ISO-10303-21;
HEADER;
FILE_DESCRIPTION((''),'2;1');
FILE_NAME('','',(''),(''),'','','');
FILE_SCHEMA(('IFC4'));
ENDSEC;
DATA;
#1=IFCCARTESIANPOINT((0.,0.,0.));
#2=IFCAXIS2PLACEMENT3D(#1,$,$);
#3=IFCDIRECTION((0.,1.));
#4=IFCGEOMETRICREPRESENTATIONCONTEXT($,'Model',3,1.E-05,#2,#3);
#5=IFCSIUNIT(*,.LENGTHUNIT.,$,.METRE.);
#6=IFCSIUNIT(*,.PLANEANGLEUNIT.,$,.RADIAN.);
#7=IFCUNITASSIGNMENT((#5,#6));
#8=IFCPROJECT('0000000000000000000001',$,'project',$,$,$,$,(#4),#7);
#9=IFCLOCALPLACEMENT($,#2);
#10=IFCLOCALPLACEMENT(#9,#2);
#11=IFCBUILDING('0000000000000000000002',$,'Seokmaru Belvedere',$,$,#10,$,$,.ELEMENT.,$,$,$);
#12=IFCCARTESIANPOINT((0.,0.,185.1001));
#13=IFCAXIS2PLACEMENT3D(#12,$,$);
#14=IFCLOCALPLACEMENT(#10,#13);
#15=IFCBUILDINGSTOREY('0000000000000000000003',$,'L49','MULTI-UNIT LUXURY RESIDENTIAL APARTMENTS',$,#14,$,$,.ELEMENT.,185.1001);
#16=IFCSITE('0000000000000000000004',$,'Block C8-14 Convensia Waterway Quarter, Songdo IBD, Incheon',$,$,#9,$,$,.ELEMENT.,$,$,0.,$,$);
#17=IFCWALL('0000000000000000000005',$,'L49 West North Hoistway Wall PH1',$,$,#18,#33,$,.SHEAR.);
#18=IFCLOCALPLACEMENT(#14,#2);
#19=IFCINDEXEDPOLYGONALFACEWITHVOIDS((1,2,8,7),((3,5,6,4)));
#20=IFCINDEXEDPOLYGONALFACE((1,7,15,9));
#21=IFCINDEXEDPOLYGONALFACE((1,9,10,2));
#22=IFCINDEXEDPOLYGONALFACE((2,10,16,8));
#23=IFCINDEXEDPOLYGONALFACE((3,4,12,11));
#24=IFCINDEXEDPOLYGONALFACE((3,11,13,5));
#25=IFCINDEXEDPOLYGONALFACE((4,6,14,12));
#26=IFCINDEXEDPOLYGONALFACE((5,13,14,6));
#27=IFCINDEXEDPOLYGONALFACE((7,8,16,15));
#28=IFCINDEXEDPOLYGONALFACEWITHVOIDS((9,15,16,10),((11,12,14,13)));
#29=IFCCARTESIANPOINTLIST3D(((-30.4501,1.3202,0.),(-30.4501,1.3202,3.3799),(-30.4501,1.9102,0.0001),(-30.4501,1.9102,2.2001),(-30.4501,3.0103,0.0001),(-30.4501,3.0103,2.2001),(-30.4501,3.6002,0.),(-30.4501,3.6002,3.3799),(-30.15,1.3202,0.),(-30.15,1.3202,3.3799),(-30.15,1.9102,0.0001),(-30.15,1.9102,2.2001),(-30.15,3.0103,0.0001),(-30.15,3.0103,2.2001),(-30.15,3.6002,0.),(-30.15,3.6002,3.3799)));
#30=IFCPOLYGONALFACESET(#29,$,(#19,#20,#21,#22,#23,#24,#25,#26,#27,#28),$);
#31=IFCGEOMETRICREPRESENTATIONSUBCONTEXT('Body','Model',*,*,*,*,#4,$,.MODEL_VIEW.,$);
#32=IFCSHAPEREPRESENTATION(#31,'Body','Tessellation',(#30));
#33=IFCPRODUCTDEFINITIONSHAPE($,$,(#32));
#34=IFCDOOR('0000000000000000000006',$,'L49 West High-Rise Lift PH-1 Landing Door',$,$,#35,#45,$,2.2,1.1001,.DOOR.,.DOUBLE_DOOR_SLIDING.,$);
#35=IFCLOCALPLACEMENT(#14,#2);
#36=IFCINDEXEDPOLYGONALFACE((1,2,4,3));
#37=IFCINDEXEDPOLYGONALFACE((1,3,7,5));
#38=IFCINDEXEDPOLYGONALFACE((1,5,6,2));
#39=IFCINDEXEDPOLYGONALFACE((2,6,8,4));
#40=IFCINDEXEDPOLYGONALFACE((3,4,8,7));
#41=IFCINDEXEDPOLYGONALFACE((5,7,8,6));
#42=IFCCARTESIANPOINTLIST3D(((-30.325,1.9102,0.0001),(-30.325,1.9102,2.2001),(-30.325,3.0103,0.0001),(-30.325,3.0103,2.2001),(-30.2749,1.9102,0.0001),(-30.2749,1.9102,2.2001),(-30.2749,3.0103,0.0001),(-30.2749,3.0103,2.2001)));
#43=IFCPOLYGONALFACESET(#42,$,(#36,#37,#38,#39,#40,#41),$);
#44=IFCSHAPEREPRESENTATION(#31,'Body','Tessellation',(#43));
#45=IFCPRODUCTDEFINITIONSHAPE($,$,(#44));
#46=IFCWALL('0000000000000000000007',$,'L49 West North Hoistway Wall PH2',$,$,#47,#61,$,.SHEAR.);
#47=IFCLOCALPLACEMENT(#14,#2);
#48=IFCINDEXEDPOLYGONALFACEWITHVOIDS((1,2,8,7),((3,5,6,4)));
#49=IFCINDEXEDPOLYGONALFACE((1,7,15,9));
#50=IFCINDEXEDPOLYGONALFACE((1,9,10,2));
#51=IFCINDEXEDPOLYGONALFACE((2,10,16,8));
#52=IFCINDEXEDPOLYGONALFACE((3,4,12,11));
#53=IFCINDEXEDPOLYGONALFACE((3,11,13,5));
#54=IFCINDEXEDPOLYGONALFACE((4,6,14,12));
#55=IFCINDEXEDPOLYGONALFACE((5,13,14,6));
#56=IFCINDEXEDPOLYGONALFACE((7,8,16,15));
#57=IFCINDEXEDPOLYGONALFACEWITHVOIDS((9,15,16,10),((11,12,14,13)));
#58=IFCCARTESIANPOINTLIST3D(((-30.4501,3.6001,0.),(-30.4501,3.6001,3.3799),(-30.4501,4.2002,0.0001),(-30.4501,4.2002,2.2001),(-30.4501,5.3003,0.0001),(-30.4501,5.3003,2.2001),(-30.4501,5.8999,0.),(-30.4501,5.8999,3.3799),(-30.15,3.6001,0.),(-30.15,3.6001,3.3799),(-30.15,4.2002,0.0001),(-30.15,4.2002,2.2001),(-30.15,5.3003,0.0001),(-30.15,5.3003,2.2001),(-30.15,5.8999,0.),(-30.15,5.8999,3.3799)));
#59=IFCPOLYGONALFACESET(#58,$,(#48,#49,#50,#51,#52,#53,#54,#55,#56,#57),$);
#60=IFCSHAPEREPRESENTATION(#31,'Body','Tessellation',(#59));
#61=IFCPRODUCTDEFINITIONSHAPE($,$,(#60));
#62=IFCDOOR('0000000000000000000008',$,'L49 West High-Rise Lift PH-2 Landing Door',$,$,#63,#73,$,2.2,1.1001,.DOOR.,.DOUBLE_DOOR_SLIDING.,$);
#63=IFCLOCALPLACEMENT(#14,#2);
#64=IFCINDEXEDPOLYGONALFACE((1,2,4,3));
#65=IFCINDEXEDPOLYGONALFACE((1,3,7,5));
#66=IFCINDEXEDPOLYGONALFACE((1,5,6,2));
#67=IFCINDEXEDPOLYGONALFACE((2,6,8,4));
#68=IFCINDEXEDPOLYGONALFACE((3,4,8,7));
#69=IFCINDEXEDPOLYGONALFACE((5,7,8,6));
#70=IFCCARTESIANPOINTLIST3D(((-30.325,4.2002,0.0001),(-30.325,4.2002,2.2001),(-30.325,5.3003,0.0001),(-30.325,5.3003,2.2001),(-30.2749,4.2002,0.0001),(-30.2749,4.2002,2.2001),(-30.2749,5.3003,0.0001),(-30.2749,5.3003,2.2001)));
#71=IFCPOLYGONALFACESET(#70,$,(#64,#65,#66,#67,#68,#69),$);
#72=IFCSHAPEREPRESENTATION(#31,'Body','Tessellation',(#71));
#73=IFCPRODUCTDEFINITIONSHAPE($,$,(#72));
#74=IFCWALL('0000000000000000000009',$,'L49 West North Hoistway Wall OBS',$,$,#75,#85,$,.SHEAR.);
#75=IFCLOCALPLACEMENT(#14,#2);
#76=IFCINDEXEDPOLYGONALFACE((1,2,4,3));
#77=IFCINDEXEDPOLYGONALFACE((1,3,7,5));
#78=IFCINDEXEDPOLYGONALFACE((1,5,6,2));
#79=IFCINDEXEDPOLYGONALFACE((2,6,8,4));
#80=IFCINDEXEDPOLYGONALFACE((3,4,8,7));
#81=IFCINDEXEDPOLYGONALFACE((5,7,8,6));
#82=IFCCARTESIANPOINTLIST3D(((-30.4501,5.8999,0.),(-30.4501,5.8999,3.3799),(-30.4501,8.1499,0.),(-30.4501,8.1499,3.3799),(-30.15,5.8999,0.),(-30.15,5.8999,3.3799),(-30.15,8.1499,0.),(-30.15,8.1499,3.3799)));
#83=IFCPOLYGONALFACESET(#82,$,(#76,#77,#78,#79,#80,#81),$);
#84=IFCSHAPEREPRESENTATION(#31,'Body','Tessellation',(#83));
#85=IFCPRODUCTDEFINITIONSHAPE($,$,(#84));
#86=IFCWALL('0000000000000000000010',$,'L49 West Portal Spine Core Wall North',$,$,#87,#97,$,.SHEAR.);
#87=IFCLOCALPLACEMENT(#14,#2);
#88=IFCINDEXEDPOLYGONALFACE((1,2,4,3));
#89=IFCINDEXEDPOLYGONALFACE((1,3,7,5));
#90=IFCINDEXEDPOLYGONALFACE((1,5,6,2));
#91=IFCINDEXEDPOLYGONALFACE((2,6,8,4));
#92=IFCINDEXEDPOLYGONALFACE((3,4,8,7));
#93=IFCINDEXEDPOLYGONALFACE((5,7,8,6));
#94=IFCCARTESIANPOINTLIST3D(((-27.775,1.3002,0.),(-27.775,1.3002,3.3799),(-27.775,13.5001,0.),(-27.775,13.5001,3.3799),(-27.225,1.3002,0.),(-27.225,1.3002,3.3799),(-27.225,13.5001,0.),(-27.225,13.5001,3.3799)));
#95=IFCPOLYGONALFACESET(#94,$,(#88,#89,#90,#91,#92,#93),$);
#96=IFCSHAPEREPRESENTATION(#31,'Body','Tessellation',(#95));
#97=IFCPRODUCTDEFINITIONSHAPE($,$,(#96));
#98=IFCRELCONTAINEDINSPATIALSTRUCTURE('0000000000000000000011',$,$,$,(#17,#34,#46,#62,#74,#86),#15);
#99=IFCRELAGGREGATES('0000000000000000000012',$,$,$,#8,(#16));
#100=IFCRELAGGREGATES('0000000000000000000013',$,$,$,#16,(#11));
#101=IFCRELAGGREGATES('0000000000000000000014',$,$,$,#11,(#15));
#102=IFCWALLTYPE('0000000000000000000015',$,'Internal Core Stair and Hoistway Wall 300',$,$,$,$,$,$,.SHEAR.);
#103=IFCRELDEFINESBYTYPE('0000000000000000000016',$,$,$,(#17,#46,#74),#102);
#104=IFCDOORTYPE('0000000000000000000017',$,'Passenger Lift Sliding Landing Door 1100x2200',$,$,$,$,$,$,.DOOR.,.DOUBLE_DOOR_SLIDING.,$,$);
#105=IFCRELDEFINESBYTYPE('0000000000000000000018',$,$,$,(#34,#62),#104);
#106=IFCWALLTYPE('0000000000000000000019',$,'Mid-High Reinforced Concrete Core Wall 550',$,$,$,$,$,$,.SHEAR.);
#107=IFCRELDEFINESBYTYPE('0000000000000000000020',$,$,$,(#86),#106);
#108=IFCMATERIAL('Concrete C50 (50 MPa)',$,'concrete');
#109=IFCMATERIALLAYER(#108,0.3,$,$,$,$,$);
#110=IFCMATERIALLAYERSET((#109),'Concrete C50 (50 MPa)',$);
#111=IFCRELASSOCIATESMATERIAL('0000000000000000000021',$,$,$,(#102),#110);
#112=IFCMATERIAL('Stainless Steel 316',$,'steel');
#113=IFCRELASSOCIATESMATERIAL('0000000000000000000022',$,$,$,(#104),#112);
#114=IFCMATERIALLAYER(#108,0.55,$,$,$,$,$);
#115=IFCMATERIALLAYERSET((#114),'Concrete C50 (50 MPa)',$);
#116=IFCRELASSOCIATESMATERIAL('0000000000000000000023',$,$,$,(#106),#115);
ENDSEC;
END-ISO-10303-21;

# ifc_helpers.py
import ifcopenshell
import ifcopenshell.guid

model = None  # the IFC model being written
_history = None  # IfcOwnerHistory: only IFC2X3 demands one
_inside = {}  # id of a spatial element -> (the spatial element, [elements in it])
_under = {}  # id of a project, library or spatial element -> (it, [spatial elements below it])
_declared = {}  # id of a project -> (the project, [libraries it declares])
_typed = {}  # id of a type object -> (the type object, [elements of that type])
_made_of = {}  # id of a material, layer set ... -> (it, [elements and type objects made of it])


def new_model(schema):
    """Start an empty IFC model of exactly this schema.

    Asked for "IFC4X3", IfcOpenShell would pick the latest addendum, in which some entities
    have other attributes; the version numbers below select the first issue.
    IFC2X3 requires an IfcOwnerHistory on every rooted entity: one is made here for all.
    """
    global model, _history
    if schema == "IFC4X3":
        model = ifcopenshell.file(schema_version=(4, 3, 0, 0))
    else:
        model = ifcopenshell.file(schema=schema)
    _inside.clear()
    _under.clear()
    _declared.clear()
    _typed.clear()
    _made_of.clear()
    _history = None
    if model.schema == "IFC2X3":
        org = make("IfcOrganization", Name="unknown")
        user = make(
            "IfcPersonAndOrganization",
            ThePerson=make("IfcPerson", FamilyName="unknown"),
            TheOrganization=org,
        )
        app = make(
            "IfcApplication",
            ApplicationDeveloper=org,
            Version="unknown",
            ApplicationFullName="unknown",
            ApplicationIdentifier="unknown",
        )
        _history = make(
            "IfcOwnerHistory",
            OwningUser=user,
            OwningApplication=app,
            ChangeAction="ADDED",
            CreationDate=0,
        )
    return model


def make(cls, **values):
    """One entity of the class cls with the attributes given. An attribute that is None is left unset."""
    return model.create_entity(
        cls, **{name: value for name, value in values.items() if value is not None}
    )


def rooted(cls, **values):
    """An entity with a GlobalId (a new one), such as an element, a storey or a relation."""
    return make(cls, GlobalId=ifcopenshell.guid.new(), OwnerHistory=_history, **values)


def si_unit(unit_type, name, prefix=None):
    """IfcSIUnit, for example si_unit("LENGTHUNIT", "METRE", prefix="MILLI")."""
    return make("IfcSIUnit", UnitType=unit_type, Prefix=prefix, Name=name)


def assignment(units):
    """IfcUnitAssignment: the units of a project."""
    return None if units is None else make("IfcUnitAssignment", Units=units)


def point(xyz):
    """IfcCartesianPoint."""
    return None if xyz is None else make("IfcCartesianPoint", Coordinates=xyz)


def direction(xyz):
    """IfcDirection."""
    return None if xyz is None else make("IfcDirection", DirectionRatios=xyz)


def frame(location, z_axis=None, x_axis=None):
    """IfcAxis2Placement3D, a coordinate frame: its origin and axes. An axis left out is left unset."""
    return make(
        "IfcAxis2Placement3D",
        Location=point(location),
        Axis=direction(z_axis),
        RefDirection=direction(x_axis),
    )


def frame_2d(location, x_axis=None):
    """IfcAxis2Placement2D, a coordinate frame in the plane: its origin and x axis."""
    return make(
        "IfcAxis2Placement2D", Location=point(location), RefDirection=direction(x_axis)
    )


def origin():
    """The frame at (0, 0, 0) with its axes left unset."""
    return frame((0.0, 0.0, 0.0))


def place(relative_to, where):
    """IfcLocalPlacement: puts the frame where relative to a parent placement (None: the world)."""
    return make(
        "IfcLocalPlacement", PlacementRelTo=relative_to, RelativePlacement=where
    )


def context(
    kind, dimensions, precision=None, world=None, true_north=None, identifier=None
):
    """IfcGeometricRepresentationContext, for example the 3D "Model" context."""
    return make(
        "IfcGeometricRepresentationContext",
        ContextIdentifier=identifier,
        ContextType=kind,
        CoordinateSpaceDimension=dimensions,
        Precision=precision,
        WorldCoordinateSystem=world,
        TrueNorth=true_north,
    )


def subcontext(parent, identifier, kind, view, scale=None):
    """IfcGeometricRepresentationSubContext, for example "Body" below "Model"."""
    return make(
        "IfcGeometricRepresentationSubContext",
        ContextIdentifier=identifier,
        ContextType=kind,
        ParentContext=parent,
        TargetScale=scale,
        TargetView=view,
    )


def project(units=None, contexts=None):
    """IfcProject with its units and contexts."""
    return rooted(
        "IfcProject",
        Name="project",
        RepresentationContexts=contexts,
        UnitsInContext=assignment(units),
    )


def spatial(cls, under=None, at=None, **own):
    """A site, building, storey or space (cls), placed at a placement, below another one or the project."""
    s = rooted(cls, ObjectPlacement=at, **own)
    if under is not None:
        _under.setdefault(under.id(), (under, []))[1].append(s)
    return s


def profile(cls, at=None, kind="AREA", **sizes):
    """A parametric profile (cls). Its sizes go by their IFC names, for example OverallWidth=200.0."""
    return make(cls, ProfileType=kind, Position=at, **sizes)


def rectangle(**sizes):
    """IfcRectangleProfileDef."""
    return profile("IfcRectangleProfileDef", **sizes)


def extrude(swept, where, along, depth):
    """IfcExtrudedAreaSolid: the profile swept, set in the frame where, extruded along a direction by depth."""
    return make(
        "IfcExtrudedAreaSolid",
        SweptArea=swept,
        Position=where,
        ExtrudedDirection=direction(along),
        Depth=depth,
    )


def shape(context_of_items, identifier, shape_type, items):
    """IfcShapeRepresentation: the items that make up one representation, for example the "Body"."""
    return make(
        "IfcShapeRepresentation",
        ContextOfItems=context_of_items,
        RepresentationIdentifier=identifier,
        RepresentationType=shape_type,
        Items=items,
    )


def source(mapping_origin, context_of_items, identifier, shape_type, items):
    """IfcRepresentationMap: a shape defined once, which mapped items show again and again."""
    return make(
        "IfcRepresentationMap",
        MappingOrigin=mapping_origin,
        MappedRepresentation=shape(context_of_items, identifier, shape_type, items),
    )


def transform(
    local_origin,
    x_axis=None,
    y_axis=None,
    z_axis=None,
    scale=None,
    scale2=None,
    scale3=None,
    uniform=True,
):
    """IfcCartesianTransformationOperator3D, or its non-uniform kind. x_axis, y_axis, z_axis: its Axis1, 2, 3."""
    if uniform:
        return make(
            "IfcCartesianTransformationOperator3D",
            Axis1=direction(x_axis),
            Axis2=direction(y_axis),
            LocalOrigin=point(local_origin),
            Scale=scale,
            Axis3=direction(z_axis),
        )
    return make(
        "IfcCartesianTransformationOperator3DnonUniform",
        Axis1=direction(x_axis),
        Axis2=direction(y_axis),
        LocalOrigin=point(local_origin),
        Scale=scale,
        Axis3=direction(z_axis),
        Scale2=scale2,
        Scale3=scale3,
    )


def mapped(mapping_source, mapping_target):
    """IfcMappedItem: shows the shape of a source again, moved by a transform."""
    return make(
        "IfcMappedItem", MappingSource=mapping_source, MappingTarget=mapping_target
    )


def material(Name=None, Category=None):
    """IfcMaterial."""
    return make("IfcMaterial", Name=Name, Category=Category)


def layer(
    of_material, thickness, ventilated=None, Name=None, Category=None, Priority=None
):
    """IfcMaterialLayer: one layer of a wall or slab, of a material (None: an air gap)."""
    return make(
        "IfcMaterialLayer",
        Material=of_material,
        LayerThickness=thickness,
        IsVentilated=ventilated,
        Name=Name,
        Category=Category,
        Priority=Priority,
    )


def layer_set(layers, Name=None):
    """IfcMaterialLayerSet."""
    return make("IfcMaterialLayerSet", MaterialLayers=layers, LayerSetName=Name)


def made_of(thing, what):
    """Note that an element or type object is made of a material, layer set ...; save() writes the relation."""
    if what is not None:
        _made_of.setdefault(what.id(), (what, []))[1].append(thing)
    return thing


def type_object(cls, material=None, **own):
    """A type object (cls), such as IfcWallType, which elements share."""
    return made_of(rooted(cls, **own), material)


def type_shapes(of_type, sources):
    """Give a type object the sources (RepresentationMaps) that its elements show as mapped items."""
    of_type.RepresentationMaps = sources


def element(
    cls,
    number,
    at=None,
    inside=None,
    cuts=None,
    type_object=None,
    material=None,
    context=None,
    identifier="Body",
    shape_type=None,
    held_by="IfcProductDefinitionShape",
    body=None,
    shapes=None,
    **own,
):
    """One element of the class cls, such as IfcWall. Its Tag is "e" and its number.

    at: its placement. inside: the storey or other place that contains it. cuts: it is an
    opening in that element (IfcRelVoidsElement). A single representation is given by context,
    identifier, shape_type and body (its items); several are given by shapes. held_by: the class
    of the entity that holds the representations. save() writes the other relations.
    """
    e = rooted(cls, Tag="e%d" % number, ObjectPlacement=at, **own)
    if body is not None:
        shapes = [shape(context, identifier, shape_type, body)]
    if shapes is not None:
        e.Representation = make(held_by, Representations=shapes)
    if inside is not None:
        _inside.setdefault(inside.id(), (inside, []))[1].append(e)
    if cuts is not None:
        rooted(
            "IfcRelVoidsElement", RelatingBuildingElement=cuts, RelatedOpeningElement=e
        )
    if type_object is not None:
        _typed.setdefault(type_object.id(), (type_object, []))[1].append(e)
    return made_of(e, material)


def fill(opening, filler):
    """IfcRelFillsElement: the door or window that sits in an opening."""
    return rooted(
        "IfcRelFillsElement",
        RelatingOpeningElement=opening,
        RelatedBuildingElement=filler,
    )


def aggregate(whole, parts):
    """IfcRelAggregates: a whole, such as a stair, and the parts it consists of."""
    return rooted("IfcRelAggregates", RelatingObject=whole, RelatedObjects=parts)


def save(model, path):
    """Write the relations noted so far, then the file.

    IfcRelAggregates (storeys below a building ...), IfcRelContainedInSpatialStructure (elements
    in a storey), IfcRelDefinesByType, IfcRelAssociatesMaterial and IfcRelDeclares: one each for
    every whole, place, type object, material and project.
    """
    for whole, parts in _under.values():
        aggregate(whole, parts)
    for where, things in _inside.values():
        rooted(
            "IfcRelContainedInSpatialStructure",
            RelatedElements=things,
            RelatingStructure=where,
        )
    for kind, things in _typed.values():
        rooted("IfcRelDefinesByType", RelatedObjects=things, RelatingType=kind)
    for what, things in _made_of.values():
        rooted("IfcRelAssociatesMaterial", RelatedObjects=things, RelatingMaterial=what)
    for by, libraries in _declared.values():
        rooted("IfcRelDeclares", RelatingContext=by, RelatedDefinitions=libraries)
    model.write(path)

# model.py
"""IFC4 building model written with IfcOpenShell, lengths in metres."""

from ifc_helpers import new_model, si_unit, direction, frame, frame_2d, origin, place, context, subcontext, project, spatial, rectangle, extrude, source, transform, mapped, material, layer, layer_set, type_object, type_shapes, element, fill, save


model = new_model("IFC4")

# Units and contexts
model_context = context("Model", 3, precision=1e-05, world=origin(), true_north=direction((0.0, 1.0)))
body_context = subcontext(model_context, "Body", "Model", "MODEL_VIEW")
ifc_project = project(units=[si_unit("LENGTHUNIT", "METRE"), si_unit("PLANEANGLEUNIT", "RADIAN")], contexts=[model_context])

# Site, building, storey
site_placement = place(None, origin())
site = spatial("IfcSite", under=ifc_project, at=site_placement, Name="Block C8-14 Convensia Waterway Quarter, Songdo IBD, Incheon", CompositionType="ELEMENT", RefElevation=0.0)
building_placement = place(site_placement, origin())
building = spatial("IfcBuilding", under=site, at=building_placement, Name="Seokmaru Belvedere", CompositionType="ELEMENT")
storey_placement = place(building_placement, frame((0.0, 0.0, 185.1001)))
storey = spatial("IfcBuildingStorey", under=building, at=storey_placement, Name="L49", Description="MULTI-UNIT LUXURY RESIDENTIAL APARTMENTS", CompositionType="ELEMENT", Elevation=185.1001)

# Shared definitions
ifc_material_1 = material(Name="Concrete C50 (50 MPa)", Category="concrete")

# Walls, openings, doors
ifc_layer_1 = layer(ifc_material_1, 0.3)
ifc_layer_set_1 = layer_set([ifc_layer_1], Name="Concrete C50 (50 MPa)")
wall_type_1 = type_object("IfcWallType", Name="Internal Core Stair and Hoistway Wall 300", PredefinedType="SHEAR", material=ifc_layer_set_1)
wall_1_placement = place(storey_placement, frame((-30.3, 1.3201, 0.0), z_axis=(0.0, 0.0, 1.0), x_axis=(0.0, 1.0, 0.0)))
wall_1 = element("IfcWall", 1, at=wall_1_placement, inside=storey, type_object=wall_type_1, Name="L49 West North Hoistway Wall PH1", PredefinedType="SHEAR", context=body_context, shape_type="SweptSolid", body=[
    extrude(rectangle(XDim=2.28, YDim=0.3, at=frame_2d((1.1401, 0.0))), origin(), (0.0, 0.0, 1.0), 3.3799),
])
opening_1_placement = place(wall_1_placement, frame((0.5901, 0.0, 0.0)))
opening_1 = element("IfcOpeningElement", 2, at=opening_1_placement, cuts=wall_1, PredefinedType="OPENING", context=body_context, shape_type="SweptSolid", body=[
    extrude(rectangle(XDim=1.1001, YDim=2.2, at=frame_2d((0.55, 1.1001))), frame((0.0, 0.1602, 0.0), z_axis=(0.0, -1.0, 0.0), x_axis=(1.0, 0.0, 0.0)), (0.0, 0.0, 1.0), 0.3201),
])
ifc_material_2 = material(Name="Stainless Steel 316", Category="steel")
door_type_1 = type_object("IfcDoorType", Name="Passenger Lift Sliding Landing Door 1100x2200", OperationType="DOUBLE_DOOR_SLIDING", PredefinedType="DOOR", material=ifc_material_2)
shared_shape_1 = source(origin(), body_context, "Body", "SweptSolid", [
    extrude(rectangle(XDim=1.1001, YDim=2.2, at=frame_2d((0.55, 1.1001))), frame((0.0, 0.0249, 0.0), z_axis=(0.0, -1.0, 0.0), x_axis=(1.0, 0.0, 0.0)), (0.0, 0.0, 1.0), 0.05),
])
type_shapes(door_type_1, [shared_shape_1])
door_1_placement = place(opening_1_placement, origin())
door_1 = element("IfcDoor", 3, at=door_1_placement, inside=storey, type_object=door_type_1, Name="L49 West High-Rise Lift PH-1 Landing Door", OperationType="DOUBLE_DOOR_SLIDING", OverallHeight=2.2, OverallWidth=1.1001, PredefinedType="DOOR", context=body_context, shape_type="MappedRepresentation", body=[
    mapped(shared_shape_1, transform((0.0, 0.0, 0.0), scale=1.0)),
])
fill(opening_1, door_1)
wall_2_placement = place(storey_placement, frame((-30.3, 3.6001, 0.0), z_axis=(0.0, 0.0, 1.0), x_axis=(0.0, 1.0, 0.0)))
wall_2 = element("IfcWall", 4, at=wall_2_placement, inside=storey, type_object=wall_type_1, Name="L49 West North Hoistway Wall PH2", PredefinedType="SHEAR", context=body_context, shape_type="SweptSolid", body=[
    extrude(rectangle(XDim=2.2998, YDim=0.3, at=frame_2d((1.1499, 0.0))), origin(), (0.0, 0.0, 1.0), 3.3799),
])
opening_2_placement = place(wall_2_placement, frame((0.6001, 0.0, 0.0)))
opening_2 = element("IfcOpeningElement", 5, at=opening_2_placement, cuts=wall_2, PredefinedType="OPENING", context=body_context, shape_type="SweptSolid", body=[
    extrude(rectangle(XDim=1.1001, YDim=2.2, at=frame_2d((0.55, 1.1001))), frame((0.0, 0.1602, 0.0), z_axis=(0.0, -1.0, 0.0), x_axis=(1.0, 0.0, 0.0)), (0.0, 0.0, 1.0), 0.3201),
])
door_2_placement = place(opening_2_placement, origin())
door_2 = element("IfcDoor", 6, at=door_2_placement, inside=storey, type_object=door_type_1, Name="L49 West High-Rise Lift PH-2 Landing Door", OperationType="DOUBLE_DOOR_SLIDING", OverallHeight=2.2, OverallWidth=1.1001, PredefinedType="DOOR", context=body_context, shape_type="MappedRepresentation", body=[
    mapped(shared_shape_1, transform((0.0, 0.0, 0.0), scale=1.0)),
])
fill(opening_2, door_2)

# Walls
wall_3_placement = place(storey_placement, frame((-30.3, 5.8999, 0.0), z_axis=(0.0, 0.0, 1.0), x_axis=(0.0, 1.0, 0.0)))
element("IfcWall", 7, at=wall_3_placement, inside=storey, type_object=wall_type_1, Name="L49 West North Hoistway Wall OBS", PredefinedType="SHEAR", context=body_context, shape_type="SweptSolid", body=[
    extrude(rectangle(XDim=2.25, YDim=0.3, at=frame_2d((1.125, 0.0))), origin(), (0.0, 0.0, 1.0), 3.3799),
])
ifc_layer_2 = layer(ifc_material_1, 0.55)
ifc_layer_set_2 = layer_set([ifc_layer_2], Name="Concrete C50 (50 MPa)")
wall_type_2 = type_object("IfcWallType", Name="Mid-High Reinforced Concrete Core Wall 550", PredefinedType="SHEAR", material=ifc_layer_set_2)
wall_4_placement = place(storey_placement, frame((-27.5, 1.3, 0.0), z_axis=(0.0, 0.0, 1.0), x_axis=(0.0, 1.0, 0.0)))
element("IfcWall", 8, at=wall_4_placement, inside=storey, type_object=wall_type_2, Name="L49 West Portal Spine Core Wall North", PredefinedType="SHEAR", context=body_context, shape_type="SweptSolid", body=[
    extrude(rectangle(XDim=12.2, YDim=0.55, at=frame_2d((6.1001, 0.0))), origin(), (0.0, 0.0, 1.0), 3.3799),
])

save(model, "model.ifc")
